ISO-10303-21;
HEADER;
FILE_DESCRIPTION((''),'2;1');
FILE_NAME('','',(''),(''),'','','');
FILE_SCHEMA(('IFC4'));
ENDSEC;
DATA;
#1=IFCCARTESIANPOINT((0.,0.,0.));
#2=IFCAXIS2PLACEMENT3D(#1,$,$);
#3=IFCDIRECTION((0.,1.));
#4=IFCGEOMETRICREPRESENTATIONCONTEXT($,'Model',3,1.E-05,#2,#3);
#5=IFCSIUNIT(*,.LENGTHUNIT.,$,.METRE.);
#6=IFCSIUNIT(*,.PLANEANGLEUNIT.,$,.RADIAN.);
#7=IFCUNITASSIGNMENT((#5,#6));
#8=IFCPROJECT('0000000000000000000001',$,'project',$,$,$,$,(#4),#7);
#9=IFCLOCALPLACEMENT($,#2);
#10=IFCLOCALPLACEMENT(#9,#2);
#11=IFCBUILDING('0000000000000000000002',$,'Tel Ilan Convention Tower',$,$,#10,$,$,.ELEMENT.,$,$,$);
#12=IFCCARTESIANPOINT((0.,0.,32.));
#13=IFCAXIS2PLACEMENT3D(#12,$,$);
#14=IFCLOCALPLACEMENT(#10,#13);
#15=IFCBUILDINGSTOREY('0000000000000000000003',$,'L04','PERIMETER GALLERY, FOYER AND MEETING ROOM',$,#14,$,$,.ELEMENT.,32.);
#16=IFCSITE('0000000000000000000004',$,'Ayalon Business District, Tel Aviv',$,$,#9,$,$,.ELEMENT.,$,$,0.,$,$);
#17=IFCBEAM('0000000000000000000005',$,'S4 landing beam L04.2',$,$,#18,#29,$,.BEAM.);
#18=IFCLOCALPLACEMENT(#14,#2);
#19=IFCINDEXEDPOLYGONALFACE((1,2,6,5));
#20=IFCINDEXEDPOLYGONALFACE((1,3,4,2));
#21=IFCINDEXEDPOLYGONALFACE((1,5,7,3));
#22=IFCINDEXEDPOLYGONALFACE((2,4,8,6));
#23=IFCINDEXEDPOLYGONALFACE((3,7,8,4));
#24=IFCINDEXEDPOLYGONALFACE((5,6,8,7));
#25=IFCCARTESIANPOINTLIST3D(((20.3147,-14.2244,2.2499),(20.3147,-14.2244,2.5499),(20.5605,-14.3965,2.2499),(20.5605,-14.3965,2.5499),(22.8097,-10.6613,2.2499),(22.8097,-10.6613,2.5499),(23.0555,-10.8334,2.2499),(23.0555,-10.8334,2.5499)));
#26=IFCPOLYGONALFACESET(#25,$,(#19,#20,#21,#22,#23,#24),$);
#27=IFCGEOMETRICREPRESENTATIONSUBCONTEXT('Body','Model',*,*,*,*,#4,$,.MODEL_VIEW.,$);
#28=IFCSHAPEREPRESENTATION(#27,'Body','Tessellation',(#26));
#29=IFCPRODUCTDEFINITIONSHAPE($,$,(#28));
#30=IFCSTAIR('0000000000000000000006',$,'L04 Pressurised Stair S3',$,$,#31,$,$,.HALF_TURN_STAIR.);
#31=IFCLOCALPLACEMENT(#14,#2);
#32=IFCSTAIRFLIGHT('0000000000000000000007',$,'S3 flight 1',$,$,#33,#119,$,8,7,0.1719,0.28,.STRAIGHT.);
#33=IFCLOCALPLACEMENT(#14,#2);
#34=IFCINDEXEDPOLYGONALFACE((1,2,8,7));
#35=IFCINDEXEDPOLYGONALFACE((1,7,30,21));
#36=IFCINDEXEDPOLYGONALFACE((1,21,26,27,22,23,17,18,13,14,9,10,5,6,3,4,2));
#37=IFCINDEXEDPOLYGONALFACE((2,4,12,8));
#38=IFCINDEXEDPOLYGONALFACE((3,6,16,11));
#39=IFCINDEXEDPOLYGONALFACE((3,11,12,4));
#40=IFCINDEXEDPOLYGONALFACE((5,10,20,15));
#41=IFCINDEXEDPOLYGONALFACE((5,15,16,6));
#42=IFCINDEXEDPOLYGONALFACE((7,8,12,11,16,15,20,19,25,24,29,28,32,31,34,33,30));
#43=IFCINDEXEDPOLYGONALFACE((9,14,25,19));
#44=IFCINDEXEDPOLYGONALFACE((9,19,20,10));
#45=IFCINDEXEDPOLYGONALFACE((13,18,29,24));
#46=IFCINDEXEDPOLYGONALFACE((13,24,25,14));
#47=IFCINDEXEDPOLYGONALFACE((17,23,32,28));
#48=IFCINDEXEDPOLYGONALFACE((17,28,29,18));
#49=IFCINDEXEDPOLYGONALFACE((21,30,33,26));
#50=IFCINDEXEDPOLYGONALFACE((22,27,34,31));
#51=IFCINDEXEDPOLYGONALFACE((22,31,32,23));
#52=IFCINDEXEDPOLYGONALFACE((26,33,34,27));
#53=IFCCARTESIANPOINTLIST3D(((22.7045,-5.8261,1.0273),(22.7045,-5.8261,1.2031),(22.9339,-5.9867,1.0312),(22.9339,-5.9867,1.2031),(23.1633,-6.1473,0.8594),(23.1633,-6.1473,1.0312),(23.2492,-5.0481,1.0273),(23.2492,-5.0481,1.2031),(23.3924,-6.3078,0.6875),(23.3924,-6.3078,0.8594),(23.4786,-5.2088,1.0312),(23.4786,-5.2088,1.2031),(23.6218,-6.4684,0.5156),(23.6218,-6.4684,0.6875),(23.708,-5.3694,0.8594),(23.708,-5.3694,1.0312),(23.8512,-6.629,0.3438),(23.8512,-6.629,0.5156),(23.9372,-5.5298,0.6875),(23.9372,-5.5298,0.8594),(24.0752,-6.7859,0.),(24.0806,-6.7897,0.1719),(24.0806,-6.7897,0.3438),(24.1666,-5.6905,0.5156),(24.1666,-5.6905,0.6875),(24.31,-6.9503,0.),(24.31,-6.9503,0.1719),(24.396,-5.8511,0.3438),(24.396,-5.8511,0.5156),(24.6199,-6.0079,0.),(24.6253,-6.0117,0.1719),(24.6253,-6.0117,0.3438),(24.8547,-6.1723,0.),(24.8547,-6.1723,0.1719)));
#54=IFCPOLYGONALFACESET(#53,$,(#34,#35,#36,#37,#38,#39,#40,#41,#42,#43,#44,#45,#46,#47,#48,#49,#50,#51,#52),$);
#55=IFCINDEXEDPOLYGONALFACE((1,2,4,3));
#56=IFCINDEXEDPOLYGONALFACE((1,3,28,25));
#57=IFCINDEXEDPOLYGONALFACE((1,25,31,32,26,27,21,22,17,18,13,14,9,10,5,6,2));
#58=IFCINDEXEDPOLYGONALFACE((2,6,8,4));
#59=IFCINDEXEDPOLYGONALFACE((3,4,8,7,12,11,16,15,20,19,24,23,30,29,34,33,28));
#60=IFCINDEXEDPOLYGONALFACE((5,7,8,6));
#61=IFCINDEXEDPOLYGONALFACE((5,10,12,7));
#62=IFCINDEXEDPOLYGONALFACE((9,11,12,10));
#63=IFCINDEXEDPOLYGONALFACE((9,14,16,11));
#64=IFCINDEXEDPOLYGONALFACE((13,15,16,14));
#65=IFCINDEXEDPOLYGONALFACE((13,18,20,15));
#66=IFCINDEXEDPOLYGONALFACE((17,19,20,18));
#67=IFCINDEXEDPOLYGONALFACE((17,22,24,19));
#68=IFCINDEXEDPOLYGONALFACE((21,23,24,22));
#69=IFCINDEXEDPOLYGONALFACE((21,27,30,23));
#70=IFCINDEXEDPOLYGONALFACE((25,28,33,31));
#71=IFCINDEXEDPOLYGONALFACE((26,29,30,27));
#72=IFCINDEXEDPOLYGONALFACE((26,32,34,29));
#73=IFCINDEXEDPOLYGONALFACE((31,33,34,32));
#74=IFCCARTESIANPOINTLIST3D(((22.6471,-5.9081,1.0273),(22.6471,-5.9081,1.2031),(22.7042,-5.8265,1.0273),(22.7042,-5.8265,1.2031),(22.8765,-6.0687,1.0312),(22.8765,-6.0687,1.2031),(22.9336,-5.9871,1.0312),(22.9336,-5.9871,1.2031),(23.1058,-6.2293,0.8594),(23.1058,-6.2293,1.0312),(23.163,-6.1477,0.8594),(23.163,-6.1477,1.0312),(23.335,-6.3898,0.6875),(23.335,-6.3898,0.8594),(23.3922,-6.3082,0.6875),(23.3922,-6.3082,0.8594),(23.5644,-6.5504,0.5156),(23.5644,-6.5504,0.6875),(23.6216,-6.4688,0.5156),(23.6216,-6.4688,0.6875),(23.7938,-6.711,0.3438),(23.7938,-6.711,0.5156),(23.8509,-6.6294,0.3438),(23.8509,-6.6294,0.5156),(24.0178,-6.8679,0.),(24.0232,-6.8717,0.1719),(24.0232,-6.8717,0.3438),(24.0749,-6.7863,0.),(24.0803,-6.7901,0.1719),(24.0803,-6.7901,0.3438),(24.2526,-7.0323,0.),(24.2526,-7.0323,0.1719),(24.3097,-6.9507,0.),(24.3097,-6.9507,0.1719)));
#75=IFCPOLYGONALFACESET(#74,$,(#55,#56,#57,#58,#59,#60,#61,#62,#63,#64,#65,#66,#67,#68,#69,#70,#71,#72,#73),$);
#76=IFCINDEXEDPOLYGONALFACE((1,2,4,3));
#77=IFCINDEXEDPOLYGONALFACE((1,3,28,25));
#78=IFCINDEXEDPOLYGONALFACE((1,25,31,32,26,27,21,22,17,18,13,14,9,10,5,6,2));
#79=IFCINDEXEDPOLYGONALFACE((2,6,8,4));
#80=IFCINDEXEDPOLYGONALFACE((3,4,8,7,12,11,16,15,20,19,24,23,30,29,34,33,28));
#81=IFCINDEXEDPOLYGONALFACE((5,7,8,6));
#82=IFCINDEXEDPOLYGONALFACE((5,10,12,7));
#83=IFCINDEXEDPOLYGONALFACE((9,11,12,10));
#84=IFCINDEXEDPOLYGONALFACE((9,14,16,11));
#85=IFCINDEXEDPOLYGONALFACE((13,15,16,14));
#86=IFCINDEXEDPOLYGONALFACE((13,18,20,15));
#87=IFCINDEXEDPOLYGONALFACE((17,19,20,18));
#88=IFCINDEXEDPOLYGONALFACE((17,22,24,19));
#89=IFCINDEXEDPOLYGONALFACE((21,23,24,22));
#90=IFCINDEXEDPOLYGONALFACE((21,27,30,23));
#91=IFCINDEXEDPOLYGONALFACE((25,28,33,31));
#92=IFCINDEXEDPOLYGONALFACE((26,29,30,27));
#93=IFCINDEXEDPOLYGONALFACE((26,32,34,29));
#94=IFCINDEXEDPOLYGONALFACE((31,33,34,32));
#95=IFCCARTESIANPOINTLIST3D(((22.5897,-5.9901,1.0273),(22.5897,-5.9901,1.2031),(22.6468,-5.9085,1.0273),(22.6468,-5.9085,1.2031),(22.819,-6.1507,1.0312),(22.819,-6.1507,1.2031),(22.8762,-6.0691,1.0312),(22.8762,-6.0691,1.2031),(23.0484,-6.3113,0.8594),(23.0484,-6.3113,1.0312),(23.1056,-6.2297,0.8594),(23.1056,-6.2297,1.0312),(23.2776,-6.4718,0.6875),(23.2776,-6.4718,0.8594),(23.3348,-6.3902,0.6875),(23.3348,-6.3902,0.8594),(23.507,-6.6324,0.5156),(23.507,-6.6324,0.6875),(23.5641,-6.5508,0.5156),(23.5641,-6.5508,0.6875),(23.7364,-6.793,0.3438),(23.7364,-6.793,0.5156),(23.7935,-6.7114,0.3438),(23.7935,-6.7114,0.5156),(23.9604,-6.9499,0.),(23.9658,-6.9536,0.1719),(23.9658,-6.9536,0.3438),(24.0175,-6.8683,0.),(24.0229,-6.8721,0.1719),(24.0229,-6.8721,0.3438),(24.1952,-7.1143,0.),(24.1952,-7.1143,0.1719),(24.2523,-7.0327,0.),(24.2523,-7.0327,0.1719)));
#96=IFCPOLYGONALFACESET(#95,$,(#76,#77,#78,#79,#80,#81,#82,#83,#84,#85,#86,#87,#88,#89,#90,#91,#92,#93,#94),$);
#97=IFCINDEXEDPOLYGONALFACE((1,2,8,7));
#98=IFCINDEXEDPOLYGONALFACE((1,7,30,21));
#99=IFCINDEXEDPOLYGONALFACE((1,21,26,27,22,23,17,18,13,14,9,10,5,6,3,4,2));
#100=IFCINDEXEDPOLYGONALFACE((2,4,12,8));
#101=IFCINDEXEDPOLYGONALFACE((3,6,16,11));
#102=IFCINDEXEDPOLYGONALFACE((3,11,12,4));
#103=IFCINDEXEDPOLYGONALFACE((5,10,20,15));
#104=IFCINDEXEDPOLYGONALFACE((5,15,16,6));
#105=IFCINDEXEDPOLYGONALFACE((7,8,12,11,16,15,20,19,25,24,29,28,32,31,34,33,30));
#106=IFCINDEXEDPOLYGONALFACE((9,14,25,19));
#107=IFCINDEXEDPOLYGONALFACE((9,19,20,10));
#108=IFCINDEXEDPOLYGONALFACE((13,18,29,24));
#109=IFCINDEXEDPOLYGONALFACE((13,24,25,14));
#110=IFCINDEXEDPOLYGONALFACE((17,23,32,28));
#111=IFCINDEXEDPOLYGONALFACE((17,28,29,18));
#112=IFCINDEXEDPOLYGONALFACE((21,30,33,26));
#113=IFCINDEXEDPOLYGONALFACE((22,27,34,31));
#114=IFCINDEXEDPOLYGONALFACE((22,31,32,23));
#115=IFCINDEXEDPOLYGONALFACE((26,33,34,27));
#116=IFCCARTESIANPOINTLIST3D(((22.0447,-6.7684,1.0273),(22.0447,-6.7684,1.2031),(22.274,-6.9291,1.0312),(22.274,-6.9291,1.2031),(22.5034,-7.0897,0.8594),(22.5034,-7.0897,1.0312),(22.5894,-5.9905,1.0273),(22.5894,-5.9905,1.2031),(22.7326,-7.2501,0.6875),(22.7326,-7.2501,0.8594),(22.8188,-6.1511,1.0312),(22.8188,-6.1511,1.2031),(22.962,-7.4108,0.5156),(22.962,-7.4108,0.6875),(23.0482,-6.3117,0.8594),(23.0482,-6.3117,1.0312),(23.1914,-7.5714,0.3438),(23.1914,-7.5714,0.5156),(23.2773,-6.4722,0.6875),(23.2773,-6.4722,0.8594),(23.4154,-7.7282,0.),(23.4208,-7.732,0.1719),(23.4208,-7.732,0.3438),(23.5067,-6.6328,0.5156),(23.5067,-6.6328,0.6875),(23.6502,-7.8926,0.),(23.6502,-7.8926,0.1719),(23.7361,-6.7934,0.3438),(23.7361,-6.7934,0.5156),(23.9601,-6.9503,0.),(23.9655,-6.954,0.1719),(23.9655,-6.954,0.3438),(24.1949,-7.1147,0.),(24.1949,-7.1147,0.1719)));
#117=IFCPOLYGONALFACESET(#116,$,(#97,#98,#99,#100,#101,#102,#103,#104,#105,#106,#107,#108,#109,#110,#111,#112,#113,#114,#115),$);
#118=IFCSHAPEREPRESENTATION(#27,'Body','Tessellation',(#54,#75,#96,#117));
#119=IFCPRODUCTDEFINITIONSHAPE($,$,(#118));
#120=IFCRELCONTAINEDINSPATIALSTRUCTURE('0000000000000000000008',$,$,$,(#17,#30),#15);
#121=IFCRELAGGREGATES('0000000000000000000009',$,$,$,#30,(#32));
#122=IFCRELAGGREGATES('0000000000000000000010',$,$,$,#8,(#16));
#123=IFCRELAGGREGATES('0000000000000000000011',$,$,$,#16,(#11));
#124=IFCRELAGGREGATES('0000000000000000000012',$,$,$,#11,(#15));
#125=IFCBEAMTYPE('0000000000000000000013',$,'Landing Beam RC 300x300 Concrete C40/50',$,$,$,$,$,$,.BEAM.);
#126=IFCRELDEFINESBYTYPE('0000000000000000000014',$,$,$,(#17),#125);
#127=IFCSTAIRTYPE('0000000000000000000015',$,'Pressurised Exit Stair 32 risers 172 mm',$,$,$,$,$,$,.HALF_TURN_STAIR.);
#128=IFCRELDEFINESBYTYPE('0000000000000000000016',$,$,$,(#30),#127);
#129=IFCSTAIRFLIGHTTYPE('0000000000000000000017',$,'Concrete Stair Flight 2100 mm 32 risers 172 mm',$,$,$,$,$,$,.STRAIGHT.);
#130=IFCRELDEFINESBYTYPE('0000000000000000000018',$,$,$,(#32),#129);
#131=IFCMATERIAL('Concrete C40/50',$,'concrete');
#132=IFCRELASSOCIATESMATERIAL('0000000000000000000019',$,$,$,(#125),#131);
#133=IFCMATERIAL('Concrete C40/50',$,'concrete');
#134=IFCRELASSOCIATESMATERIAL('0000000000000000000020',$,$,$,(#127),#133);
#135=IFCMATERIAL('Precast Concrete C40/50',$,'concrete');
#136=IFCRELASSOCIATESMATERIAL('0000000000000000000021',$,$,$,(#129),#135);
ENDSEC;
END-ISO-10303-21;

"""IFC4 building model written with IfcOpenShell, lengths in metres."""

from ifc_helpers import new_model, si_unit, direction, frame, origin, origin_2d, place, context, subcontext, project, spatial, polyline, rectangle, outline, extrude, material, material_profile, profile_set, type_object, element, aggregate, save


model = new_model("IFC4")

# Units and contexts
model_context = context("Model", 3, precision=1e-05, world=origin(), true_north=direction((0.0, 1.0)))
body_context = subcontext(model_context, "Body", "Model", "MODEL_VIEW")
ifc_project = project(units=[si_unit("LENGTHUNIT", "METRE"), si_unit("PLANEANGLEUNIT", "RADIAN")], contexts=[model_context])

# Site, building, storey
site_placement = place(None, origin())
site = spatial("IfcSite", under=ifc_project, at=site_placement, Name="Ayalon Business District, Tel Aviv", CompositionType="ELEMENT", RefElevation=0.0)
building_placement = place(site_placement, origin())
building = spatial("IfcBuilding", under=site, at=building_placement, Name="Tel Ilan Convention Tower", CompositionType="ELEMENT")
storey_placement = place(building_placement, frame((0.0, 0.0, 32.0)))
storey = spatial("IfcBuildingStorey", under=building, at=storey_placement, Name="L04", Description="PERIMETER GALLERY, FOYER AND MEETING ROOM", CompositionType="ELEMENT", Elevation=32.0)

# Beam
ifc_material_1 = material(Name="Concrete C40/50", Category="concrete")
ifc_material_profile = material_profile(ifc_material_1, rectangle(XDim=0.3, YDim=0.3, at=origin_2d()), Name="RC 300x300")
ifc_profile_set = profile_set([ifc_material_profile], Name="Concrete C40/50")
beam_type = type_object("IfcBeamType", Name="Landing Beam RC 300x300 Concrete C40/50", PredefinedType="BEAM", material=ifc_profile_set)
beam_placement = place(storey_placement, frame((22.9326, -10.7473, 2.3999), z_axis=(-0.573594, -0.81914, 0.0), x_axis=(0.81914, -0.573594, 0.0)))
element("IfcBeam", 1, at=beam_placement, inside=storey, type_object=beam_type, Name="S4 landing beam L04.2", PredefinedType="BEAM", context=body_context, shape_type="SweptSolid", body=[
    extrude(rectangle(XDim=0.3, YDim=0.3, at=origin_2d()), origin(), (0.0, 0.0, 1.0), 4.3499),
])

# Stair, stair flight
ifc_material_2 = material(Name="Concrete C40/50", Category="concrete")
stair_type = type_object("IfcStairType", Name="Pressurised Exit Stair 32 risers 172 mm", PredefinedType="HALF_TURN_STAIR", material=ifc_material_2)
stair_placement = place(storey_placement, origin())
stair = element("IfcStair", 2, at=stair_placement, inside=storey, type_object=stair_type, Name="L04 Pressurised Stair S3", PredefinedType="HALF_TURN_STAIR")
ifc_material_3 = material(Name="Precast Concrete C40/50", Category="concrete")
stair_flight_type = type_object("IfcStairFlightType", Name="Concrete Stair Flight 2100 mm 32 risers 172 mm", PredefinedType="STRAIGHT", material=ifc_material_3)
stair_flight_placement = place(storey_placement, frame((24.2524, -7.0325, 0.0), z_axis=(0.0, 0.0, 1.0), x_axis=(-0.819152, 0.573576, 0.0)))
stair_flight = element("IfcStairFlight", 3, at=stair_flight_placement, type_object=stair_flight_type, Name="S3 flight 1", NumberOfRisers=8, NumberOfTreads=7, PredefinedType="STRAIGHT", RiserHeight=0.1719, TreadLength=0.28, context=body_context, shape_type="SweptSolid", body=[
    extrude(outline(polyline([(0.0, 0.0), (0.0, 0.1719), (0.28, 0.1719), (0.28, 0.3438), (0.5601, 0.3438), (0.5601, 0.5156), (0.8401, 0.5156), (0.8401, 0.6875), (1.1201, 0.6875), (1.1201, 0.8594), (1.3999, 0.8594), (1.3999, 1.0312), (1.6799, 1.0312), (1.6799, 1.2031), (1.96, 1.2031), (1.96, 1.375), (1.96, 1.0273), (0.2866, 0.0), (0.0, 0.0)])), frame((0.0, -0.1003, 0.0), z_axis=(0.0, -1.0, 0.0), x_axis=(1.0, 0.0, 0.0)), (0.0, 0.0, 1.0), 0.9497),
    extrude(outline(polyline([(0.0, 0.0), (0.0, 0.1719), (0.28, 0.1719), (0.28, 0.3438), (0.5601, 0.3438), (0.5601, 0.5156), (0.8401, 0.5156), (0.8401, 0.6875), (1.1201, 0.6875), (1.1201, 0.8594), (1.3999, 0.8594), (1.3999, 1.0312), (1.6799, 1.0312), (1.6799, 1.2031), (1.96, 1.2031), (1.96, 1.375), (1.96, 1.0273), (0.2866, 0.0), (0.0, 0.0)])), frame((0.0, -0.0002, 0.0), z_axis=(0.0, -1.0, 0.0), x_axis=(1.0, 0.0, 0.0)), (0.0, 0.0, 1.0), 0.0996),
    extrude(outline(polyline([(0.0, 0.0), (0.0, 0.1719), (0.28, 0.1719), (0.28, 0.3438), (0.5601, 0.3438), (0.5601, 0.5156), (0.8401, 0.5156), (0.8401, 0.6875), (1.1201, 0.6875), (1.1201, 0.8594), (1.3999, 0.8594), (1.3999, 1.0312), (1.6799, 1.0312), (1.6799, 1.2031), (1.96, 1.2031), (1.96, 1.375), (1.96, 1.0273), (0.2866, 0.0), (0.0, 0.0)])), frame((0.0, 0.0999, 0.0), z_axis=(0.0, -1.0, 0.0), x_axis=(1.0, 0.0, 0.0)), (0.0, 0.0, 1.0), 0.0996),
    extrude(outline(polyline([(0.0, 0.0), (0.0, 0.1719), (0.28, 0.1719), (0.28, 0.3438), (0.5601, 0.3438), (0.5601, 0.5156), (0.8401, 0.5156), (0.8401, 0.6875), (1.1201, 0.6875), (1.1201, 0.8594), (1.3999, 0.8594), (1.3999, 1.0312), (1.6799, 1.0312), (1.6799, 1.2031), (1.96, 1.2031), (1.96, 1.375), (1.96, 1.0273), (0.2866, 0.0), (0.0, 0.0)])), frame((0.0, 1.05, 0.0), z_axis=(0.0, -1.0, 0.0), x_axis=(1.0, 0.0, 0.0)), (0.0, 0.0, 1.0), 0.9497),
])
aggregate(stair, [stair_flight])

save(model, "model.ifc")
